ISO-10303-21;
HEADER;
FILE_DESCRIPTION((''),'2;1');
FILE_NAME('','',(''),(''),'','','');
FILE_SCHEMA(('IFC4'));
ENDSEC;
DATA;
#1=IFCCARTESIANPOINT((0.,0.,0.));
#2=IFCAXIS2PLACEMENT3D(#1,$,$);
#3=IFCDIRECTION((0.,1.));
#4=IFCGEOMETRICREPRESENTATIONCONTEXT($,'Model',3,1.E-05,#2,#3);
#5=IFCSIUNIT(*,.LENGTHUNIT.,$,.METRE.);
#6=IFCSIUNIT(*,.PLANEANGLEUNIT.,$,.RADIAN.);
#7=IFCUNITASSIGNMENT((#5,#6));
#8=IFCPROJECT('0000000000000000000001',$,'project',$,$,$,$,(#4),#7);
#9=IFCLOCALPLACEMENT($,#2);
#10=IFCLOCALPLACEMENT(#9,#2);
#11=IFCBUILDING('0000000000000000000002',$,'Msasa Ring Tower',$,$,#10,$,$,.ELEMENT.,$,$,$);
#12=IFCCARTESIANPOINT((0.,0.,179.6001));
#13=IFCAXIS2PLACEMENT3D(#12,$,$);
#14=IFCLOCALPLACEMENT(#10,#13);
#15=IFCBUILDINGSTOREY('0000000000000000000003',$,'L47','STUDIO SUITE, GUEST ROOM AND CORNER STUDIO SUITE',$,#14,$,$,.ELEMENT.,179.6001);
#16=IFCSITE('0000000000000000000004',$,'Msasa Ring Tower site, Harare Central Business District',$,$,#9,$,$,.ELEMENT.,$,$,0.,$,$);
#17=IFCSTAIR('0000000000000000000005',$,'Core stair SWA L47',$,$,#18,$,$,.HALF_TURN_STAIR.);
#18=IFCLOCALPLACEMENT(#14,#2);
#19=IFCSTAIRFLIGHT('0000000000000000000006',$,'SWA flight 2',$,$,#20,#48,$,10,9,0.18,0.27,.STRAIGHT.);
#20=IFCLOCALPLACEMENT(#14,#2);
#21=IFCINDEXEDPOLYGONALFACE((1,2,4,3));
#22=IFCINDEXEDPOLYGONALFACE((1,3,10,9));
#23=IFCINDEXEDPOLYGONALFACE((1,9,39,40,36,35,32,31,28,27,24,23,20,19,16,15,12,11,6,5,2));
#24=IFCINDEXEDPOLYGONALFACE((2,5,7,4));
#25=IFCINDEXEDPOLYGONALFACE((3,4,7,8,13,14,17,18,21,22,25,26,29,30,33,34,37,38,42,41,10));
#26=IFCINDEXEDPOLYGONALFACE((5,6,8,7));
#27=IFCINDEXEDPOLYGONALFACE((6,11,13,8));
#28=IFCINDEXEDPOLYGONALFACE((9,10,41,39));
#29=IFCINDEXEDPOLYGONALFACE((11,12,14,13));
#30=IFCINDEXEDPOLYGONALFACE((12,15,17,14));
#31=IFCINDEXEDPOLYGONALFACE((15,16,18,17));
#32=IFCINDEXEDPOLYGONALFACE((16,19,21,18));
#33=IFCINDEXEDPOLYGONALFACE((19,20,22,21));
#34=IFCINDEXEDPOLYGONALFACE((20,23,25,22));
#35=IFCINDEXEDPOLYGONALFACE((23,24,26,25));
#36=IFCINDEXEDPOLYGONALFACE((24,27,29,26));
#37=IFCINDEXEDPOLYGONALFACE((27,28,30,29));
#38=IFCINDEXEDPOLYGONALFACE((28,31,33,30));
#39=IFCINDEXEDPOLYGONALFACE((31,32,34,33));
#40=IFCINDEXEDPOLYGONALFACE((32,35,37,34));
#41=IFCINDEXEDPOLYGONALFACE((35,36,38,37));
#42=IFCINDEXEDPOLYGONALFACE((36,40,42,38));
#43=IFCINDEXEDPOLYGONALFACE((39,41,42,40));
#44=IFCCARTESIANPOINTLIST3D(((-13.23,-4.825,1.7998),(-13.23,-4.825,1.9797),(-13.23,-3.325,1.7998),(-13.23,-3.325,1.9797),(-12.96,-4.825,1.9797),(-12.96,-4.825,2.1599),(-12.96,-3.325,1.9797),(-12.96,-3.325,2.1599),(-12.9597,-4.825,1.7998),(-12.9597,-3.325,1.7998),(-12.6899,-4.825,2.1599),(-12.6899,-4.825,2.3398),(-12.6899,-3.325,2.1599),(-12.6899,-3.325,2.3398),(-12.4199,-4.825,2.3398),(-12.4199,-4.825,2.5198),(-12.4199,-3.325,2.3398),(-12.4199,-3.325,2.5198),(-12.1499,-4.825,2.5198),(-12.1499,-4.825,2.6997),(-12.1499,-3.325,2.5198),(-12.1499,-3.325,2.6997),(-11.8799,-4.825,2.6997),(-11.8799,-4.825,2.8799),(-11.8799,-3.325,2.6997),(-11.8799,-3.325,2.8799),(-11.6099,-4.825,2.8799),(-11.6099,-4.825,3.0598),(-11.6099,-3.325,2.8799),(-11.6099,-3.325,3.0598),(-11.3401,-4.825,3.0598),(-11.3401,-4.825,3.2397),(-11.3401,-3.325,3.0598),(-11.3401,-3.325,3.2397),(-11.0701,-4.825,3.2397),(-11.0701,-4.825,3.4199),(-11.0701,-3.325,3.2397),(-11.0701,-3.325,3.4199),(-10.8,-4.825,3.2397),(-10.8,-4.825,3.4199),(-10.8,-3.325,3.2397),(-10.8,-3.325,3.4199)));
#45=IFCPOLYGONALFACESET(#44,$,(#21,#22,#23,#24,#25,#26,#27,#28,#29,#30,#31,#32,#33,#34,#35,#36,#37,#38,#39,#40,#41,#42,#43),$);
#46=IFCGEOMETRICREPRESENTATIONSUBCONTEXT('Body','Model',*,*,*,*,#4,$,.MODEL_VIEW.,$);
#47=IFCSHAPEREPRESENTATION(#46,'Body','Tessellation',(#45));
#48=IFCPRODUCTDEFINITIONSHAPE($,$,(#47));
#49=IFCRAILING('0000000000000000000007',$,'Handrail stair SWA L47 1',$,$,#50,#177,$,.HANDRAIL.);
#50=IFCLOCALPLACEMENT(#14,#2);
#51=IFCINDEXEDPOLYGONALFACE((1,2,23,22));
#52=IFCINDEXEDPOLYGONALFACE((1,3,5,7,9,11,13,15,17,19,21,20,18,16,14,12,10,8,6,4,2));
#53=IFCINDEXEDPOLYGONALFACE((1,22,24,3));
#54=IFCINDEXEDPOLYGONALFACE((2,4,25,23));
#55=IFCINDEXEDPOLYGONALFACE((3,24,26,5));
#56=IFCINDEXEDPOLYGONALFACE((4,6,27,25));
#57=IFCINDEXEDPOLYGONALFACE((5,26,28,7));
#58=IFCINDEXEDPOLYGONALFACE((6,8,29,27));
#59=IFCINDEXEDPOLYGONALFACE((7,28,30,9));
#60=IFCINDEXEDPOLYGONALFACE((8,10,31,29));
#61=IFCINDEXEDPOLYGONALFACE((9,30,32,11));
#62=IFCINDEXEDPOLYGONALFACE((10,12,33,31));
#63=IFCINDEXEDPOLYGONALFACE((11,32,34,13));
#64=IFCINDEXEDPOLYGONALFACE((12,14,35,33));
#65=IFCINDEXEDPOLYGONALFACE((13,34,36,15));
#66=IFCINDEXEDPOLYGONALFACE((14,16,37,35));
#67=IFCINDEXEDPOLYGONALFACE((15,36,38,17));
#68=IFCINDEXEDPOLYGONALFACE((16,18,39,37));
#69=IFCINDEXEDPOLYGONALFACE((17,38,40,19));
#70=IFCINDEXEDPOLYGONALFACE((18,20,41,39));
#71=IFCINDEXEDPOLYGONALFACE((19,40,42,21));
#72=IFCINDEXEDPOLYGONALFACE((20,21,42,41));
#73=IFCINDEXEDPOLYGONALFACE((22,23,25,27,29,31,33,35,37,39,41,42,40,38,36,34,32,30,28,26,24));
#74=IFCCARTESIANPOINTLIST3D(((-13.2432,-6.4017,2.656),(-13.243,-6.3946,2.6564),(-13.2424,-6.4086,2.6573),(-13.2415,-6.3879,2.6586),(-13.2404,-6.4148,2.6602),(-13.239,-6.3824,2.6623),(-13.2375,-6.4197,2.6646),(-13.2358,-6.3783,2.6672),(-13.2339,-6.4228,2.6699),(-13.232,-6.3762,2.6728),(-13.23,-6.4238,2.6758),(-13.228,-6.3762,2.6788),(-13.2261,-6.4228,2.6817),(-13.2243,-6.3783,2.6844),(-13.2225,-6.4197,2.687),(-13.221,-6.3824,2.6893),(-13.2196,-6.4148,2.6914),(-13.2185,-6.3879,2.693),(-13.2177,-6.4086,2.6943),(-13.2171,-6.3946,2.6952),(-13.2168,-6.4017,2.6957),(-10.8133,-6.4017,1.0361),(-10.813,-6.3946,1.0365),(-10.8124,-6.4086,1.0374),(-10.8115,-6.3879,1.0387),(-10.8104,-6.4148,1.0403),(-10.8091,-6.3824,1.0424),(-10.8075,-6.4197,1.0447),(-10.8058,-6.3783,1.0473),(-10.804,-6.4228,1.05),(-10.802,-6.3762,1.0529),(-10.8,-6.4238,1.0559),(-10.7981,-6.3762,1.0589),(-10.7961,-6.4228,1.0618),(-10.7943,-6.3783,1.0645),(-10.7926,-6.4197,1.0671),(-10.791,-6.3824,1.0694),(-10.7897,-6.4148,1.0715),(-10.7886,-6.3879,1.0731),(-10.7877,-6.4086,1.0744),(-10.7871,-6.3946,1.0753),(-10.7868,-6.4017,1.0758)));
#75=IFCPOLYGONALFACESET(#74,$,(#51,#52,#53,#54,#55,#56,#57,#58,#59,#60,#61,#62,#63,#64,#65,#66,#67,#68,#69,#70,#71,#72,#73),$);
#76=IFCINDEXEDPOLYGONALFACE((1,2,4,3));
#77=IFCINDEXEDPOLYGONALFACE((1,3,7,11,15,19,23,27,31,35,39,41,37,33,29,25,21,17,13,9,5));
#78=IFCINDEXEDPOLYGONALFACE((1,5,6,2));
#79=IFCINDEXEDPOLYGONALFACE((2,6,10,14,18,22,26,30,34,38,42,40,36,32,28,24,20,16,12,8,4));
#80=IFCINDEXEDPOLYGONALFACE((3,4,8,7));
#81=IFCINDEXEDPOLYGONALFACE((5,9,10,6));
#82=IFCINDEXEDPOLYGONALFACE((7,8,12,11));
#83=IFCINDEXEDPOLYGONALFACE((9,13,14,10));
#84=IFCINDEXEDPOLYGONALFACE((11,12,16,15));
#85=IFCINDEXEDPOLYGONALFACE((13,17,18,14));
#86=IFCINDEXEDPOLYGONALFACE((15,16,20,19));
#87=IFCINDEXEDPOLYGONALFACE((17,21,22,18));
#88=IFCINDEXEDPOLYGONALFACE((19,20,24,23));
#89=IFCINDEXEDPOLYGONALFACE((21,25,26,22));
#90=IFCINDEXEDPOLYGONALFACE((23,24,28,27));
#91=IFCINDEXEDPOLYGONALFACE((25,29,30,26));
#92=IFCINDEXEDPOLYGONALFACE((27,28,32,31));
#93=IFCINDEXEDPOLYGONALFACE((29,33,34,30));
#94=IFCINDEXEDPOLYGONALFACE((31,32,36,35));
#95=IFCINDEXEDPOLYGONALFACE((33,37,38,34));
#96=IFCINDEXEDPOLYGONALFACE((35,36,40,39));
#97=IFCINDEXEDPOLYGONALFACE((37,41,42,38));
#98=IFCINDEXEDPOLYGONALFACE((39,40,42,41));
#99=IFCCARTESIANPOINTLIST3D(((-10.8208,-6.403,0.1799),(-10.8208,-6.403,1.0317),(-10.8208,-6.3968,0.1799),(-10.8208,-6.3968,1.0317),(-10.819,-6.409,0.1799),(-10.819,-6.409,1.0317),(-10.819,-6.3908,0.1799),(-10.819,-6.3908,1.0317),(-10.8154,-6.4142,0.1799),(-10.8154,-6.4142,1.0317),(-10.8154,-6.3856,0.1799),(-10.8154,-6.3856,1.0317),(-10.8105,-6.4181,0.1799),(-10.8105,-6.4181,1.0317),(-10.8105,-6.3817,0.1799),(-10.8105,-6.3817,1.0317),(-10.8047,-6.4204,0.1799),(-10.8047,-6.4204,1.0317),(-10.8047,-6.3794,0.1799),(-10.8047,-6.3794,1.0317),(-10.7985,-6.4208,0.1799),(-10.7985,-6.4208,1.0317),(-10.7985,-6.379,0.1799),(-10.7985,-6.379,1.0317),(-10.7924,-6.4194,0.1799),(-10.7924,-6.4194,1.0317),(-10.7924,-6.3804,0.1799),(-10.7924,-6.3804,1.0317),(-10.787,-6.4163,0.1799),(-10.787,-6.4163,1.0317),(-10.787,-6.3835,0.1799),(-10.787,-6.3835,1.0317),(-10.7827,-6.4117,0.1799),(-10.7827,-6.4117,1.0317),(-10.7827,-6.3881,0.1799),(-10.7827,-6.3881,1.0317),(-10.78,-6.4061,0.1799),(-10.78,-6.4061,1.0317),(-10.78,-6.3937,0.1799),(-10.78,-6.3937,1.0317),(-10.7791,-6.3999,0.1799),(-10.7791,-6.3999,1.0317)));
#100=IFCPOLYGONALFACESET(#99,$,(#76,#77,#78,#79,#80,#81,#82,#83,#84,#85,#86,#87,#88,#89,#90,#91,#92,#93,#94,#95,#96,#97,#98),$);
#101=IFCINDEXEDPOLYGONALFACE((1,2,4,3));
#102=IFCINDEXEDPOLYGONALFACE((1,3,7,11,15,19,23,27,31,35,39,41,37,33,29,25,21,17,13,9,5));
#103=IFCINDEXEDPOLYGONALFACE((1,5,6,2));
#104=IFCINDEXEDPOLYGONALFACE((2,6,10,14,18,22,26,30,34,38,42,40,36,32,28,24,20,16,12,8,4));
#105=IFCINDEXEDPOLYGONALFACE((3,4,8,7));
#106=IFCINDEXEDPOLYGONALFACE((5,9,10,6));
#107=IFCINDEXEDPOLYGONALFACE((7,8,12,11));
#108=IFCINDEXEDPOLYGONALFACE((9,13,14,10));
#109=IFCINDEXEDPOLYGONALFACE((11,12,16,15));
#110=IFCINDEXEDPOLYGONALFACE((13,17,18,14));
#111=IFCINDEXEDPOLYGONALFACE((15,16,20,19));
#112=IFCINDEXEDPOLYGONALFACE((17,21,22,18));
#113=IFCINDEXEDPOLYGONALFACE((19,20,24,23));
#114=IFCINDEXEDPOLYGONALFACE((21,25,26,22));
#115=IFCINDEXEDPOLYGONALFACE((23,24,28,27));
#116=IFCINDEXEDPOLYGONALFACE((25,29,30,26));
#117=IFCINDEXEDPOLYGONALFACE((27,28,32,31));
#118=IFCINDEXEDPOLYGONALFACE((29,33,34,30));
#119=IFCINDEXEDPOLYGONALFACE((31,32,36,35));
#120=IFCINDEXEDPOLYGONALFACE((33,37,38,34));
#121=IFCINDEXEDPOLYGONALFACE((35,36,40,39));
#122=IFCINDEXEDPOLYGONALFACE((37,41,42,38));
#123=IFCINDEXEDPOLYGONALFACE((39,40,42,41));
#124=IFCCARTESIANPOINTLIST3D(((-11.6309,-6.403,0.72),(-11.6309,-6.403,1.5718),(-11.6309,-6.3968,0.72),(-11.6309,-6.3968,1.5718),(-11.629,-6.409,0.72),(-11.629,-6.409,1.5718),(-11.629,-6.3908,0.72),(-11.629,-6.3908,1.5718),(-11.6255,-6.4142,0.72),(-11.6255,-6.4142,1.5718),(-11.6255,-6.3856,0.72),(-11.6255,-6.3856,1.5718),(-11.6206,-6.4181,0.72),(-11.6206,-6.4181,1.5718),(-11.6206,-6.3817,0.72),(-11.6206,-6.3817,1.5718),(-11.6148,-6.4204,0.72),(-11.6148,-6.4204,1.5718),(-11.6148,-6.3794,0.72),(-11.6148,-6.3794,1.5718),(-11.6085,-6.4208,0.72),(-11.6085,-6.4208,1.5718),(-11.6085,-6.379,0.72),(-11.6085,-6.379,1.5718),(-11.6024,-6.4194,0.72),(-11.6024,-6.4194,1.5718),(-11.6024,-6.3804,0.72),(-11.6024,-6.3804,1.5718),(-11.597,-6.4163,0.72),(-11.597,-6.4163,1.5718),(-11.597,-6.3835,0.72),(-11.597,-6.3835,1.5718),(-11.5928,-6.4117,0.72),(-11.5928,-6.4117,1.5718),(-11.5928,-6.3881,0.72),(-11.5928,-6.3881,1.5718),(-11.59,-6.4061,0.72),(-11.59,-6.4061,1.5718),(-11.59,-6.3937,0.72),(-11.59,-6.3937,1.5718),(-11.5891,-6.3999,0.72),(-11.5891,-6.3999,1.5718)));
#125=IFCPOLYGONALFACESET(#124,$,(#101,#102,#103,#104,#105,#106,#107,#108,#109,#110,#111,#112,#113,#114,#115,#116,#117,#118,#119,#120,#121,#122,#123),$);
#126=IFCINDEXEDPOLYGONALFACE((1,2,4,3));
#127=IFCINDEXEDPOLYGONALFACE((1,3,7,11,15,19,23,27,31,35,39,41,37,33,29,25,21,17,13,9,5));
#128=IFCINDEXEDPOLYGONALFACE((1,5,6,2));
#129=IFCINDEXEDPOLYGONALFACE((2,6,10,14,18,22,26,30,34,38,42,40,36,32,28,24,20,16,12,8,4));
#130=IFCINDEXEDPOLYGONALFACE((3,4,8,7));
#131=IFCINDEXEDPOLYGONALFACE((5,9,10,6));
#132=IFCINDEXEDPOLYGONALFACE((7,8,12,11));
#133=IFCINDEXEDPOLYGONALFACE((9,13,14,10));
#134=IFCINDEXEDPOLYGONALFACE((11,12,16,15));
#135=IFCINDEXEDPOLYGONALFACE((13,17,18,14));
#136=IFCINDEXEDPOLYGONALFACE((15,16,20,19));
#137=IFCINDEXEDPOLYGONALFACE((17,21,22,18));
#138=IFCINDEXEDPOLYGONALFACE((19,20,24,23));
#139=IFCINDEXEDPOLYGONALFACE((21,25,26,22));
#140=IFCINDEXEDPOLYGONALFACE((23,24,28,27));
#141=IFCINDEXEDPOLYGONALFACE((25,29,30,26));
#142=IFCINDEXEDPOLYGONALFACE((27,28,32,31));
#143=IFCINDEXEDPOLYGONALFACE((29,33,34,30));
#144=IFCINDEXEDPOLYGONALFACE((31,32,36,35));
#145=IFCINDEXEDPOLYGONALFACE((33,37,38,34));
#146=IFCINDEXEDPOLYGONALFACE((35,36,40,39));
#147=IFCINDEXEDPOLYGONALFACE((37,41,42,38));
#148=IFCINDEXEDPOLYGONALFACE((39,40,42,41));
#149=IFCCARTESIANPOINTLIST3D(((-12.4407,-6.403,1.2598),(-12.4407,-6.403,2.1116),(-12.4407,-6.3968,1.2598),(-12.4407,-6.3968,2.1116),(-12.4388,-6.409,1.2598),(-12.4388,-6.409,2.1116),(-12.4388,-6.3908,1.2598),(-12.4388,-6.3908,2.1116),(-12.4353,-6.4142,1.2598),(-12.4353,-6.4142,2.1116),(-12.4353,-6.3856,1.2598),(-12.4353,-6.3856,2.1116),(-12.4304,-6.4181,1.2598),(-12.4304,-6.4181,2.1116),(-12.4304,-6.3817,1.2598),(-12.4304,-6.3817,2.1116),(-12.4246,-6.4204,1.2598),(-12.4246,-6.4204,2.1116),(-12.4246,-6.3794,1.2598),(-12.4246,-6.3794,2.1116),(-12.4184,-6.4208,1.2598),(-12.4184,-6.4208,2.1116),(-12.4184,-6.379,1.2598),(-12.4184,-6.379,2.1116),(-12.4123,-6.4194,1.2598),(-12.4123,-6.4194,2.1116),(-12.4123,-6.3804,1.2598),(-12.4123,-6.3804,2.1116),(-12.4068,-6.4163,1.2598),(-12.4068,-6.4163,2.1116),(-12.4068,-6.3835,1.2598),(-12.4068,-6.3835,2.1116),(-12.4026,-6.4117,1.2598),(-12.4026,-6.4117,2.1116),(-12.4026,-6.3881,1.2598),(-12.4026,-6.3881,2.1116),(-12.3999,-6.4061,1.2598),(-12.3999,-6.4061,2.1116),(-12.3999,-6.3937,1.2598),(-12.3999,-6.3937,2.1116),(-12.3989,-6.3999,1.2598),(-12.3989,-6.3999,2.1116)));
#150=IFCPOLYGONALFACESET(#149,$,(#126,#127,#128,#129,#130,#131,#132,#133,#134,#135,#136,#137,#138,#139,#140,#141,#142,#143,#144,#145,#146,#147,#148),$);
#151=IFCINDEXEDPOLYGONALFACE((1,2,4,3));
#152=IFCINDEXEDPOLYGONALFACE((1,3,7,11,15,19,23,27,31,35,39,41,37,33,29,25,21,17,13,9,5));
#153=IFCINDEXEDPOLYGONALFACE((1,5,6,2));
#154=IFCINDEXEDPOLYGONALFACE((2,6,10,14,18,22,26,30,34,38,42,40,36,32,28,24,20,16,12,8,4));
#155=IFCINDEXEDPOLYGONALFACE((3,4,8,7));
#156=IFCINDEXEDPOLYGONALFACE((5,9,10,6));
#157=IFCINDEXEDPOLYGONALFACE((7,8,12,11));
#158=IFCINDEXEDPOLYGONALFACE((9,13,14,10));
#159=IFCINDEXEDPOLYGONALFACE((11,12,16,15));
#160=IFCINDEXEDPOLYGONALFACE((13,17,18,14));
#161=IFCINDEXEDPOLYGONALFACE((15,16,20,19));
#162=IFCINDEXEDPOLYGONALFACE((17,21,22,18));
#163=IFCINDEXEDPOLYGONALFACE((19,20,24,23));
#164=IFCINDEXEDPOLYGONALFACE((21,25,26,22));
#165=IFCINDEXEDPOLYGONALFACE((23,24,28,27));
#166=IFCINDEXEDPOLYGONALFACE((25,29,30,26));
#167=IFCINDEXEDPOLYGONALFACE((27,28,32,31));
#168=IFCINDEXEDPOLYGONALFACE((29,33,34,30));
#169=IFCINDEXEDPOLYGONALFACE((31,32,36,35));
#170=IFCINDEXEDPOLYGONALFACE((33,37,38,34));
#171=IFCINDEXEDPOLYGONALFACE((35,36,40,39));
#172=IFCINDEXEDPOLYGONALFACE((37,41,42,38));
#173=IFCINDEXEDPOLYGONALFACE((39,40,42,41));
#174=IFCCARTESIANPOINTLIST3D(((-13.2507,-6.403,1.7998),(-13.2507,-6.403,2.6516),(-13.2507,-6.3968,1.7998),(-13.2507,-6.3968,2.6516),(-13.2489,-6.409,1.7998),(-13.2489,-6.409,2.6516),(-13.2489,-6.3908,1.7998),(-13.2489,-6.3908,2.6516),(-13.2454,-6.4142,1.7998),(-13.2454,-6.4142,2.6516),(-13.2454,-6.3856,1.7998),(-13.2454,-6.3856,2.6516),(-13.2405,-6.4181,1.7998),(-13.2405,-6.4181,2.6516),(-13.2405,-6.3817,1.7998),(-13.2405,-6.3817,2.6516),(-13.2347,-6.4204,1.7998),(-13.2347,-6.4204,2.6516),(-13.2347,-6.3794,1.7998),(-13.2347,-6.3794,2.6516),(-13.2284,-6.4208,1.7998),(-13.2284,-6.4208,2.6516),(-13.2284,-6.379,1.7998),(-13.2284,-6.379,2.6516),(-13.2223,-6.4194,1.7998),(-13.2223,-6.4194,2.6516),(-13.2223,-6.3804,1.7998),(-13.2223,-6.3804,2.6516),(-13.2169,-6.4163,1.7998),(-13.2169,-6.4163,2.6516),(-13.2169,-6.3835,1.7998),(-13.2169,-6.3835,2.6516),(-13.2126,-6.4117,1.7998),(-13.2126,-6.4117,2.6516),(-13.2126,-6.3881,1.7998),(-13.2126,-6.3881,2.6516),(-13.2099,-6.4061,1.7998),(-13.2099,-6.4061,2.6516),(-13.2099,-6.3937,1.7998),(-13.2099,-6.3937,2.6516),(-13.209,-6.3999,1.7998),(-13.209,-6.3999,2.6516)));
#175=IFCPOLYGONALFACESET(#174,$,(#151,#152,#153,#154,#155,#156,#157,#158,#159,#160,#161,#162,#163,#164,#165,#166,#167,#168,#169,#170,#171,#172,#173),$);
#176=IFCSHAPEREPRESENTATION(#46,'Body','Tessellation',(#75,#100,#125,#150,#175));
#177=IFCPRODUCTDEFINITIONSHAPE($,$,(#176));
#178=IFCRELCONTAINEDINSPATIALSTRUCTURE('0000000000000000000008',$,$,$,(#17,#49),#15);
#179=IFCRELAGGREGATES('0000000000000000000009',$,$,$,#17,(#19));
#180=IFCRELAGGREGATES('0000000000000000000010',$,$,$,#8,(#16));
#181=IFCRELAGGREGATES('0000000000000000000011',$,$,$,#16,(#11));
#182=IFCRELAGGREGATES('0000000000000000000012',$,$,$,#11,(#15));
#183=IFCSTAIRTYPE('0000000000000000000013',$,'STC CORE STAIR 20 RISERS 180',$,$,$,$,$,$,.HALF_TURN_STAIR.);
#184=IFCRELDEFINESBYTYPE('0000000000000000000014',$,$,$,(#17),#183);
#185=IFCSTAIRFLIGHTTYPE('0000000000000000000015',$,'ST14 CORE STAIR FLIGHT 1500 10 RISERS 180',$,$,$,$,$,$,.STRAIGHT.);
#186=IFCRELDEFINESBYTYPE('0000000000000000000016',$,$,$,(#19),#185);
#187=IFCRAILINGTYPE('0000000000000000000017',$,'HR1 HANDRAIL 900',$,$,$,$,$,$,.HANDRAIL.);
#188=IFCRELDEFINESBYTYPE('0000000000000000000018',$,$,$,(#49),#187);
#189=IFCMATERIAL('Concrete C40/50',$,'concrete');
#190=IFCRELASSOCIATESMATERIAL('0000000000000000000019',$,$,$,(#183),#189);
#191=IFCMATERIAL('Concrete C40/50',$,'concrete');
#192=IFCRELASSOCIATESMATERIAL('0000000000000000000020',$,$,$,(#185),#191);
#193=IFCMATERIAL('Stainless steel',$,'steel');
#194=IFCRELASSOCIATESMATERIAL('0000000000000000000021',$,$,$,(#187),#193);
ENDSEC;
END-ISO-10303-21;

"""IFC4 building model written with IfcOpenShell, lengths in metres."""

from ifc_helpers import new_model, si_unit, direction, frame, origin, origin_2d, place, context, subcontext, project, spatial, polyline, circle, outline, extrude, material, type_object, element, aggregate, save


model = new_model("IFC4")

# Units and contexts
model_context = context("Model", 3, precision=1e-05, world=origin(), true_north=direction((0.0, 1.0)))
body_context = subcontext(model_context, "Body", "Model", "MODEL_VIEW")
ifc_project = project(units=[si_unit("LENGTHUNIT", "METRE"), si_unit("PLANEANGLEUNIT", "RADIAN")], contexts=[model_context])

# Site, building, storey
site_placement = place(None, origin())
site = spatial("IfcSite", under=ifc_project, at=site_placement, Name="Msasa Ring Tower site, Harare Central Business District", CompositionType="ELEMENT", RefElevation=0.0)
building_placement = place(site_placement, origin())
building = spatial("IfcBuilding", under=site, at=building_placement, Name="Msasa Ring Tower", CompositionType="ELEMENT")
storey_placement = place(building_placement, frame((0.0, 0.0, 179.6001)))
storey = spatial("IfcBuildingStorey", under=building, at=storey_placement, Name="L47", Description="STUDIO SUITE, GUEST ROOM AND CORNER STUDIO SUITE", CompositionType="ELEMENT", Elevation=179.6001)

# Stair, stair flight
ifc_material_1 = material(Name="Concrete C40/50", Category="concrete")
stair_type = type_object("IfcStairType", Name="STC CORE STAIR 20 RISERS 180", PredefinedType="HALF_TURN_STAIR", material=ifc_material_1)
stair_placement = place(storey_placement, origin())
stair = element("IfcStair", 1, at=stair_placement, inside=storey, type_object=stair_type, Name="Core stair SWA L47", PredefinedType="HALF_TURN_STAIR")
ifc_material_2 = material(Name="Concrete C40/50", Category="concrete")
stair_flight_type = type_object("IfcStairFlightType", Name="ST14 CORE STAIR FLIGHT 1500 10 RISERS 180", PredefinedType="STRAIGHT", material=ifc_material_2)
stair_flight_1_placement = place(storey_placement, frame((-13.23, -4.075, 1.7998), z_axis=(0.0, 0.0, 1.0), x_axis=(1.0, 0.0, 0.0)))
stair_flight_1 = element("IfcStairFlight", 2, at=stair_flight_1_placement, type_object=stair_flight_type, Name="SWA flight 2", NumberOfRisers=10, NumberOfTreads=9, PredefinedType="STRAIGHT", RiserHeight=0.18, TreadLength=0.27, context=body_context, shape_type="SweptSolid", body=[
    extrude(outline(polyline([(0.0, 0.0), (0.0, 0.1799), (0.27, 0.1799), (0.27, 0.3601), (0.54, 0.3601), (0.54, 0.54), (0.8101, 0.54), (0.8101, 0.72), (1.0801, 0.72), (1.0801, 0.8999), (1.3501, 0.8999), (1.3501, 1.0801), (1.6201, 1.0801), (1.6201, 1.26), (1.8899, 1.26), (1.8899, 1.4399), (2.1599, 1.4399), (2.1599, 1.6201), (2.4299, 1.6201), (2.4299, 1.8), (2.4299, 1.4399), (0.2703, 0.0), (0.0, 0.0)])), frame((0.0, 0.75, 0.0), z_axis=(0.0, -1.0, 0.0), x_axis=(1.0, 0.0, 0.0)), (0.0, 0.0, 1.0), 1.5),
])
aggregate(stair, [stair_flight_1])

# Railing
ifc_material_3 = material(Name="Stainless steel", Category="steel")
railing_type = type_object("IfcRailingType", Name="HR1 HANDRAIL 900", PredefinedType="HANDRAIL", material=ifc_material_3)
for number, where, name in (
    (3, (-10.8, -6.3999, 0.1799), "Handrail stair SWA L47 1"),
):
    element("IfcRailing", number, at=place(storey_placement, frame(where)), inside=storey, type_object=railing_type, Name=name, PredefinedType="HANDRAIL", context=body_context, shape_type="SweptSolid", body=[
        extrude(circle(Radius=0.0239, at=origin_2d()), frame((0.0, 0.0, 0.876), z_axis=(-0.832063, 0.0, 0.554681), x_axis=(0.0, -1.0, 0.0)), (0.0, 0.0, 1.0), 2.9204),
        extrude(circle(Radius=0.021, at=origin_2d()), origin(), (0.0, 0.0, 1.0), 0.8518),
        extrude(circle(Radius=0.021, at=origin_2d()), frame((-0.8101, 0.0, 0.54)), (0.0, 0.0, 1.0), 0.8518),
        extrude(circle(Radius=0.021, at=origin_2d()), frame((-1.6199, 0.0, 1.0798)), (0.0, 0.0, 1.0), 0.8518),
        extrude(circle(Radius=0.021, at=origin_2d()), frame((-2.4299, 0.0, 1.6199)), (0.0, 0.0, 1.0), 0.8518),
    ])

save(model, "model.ifc")
